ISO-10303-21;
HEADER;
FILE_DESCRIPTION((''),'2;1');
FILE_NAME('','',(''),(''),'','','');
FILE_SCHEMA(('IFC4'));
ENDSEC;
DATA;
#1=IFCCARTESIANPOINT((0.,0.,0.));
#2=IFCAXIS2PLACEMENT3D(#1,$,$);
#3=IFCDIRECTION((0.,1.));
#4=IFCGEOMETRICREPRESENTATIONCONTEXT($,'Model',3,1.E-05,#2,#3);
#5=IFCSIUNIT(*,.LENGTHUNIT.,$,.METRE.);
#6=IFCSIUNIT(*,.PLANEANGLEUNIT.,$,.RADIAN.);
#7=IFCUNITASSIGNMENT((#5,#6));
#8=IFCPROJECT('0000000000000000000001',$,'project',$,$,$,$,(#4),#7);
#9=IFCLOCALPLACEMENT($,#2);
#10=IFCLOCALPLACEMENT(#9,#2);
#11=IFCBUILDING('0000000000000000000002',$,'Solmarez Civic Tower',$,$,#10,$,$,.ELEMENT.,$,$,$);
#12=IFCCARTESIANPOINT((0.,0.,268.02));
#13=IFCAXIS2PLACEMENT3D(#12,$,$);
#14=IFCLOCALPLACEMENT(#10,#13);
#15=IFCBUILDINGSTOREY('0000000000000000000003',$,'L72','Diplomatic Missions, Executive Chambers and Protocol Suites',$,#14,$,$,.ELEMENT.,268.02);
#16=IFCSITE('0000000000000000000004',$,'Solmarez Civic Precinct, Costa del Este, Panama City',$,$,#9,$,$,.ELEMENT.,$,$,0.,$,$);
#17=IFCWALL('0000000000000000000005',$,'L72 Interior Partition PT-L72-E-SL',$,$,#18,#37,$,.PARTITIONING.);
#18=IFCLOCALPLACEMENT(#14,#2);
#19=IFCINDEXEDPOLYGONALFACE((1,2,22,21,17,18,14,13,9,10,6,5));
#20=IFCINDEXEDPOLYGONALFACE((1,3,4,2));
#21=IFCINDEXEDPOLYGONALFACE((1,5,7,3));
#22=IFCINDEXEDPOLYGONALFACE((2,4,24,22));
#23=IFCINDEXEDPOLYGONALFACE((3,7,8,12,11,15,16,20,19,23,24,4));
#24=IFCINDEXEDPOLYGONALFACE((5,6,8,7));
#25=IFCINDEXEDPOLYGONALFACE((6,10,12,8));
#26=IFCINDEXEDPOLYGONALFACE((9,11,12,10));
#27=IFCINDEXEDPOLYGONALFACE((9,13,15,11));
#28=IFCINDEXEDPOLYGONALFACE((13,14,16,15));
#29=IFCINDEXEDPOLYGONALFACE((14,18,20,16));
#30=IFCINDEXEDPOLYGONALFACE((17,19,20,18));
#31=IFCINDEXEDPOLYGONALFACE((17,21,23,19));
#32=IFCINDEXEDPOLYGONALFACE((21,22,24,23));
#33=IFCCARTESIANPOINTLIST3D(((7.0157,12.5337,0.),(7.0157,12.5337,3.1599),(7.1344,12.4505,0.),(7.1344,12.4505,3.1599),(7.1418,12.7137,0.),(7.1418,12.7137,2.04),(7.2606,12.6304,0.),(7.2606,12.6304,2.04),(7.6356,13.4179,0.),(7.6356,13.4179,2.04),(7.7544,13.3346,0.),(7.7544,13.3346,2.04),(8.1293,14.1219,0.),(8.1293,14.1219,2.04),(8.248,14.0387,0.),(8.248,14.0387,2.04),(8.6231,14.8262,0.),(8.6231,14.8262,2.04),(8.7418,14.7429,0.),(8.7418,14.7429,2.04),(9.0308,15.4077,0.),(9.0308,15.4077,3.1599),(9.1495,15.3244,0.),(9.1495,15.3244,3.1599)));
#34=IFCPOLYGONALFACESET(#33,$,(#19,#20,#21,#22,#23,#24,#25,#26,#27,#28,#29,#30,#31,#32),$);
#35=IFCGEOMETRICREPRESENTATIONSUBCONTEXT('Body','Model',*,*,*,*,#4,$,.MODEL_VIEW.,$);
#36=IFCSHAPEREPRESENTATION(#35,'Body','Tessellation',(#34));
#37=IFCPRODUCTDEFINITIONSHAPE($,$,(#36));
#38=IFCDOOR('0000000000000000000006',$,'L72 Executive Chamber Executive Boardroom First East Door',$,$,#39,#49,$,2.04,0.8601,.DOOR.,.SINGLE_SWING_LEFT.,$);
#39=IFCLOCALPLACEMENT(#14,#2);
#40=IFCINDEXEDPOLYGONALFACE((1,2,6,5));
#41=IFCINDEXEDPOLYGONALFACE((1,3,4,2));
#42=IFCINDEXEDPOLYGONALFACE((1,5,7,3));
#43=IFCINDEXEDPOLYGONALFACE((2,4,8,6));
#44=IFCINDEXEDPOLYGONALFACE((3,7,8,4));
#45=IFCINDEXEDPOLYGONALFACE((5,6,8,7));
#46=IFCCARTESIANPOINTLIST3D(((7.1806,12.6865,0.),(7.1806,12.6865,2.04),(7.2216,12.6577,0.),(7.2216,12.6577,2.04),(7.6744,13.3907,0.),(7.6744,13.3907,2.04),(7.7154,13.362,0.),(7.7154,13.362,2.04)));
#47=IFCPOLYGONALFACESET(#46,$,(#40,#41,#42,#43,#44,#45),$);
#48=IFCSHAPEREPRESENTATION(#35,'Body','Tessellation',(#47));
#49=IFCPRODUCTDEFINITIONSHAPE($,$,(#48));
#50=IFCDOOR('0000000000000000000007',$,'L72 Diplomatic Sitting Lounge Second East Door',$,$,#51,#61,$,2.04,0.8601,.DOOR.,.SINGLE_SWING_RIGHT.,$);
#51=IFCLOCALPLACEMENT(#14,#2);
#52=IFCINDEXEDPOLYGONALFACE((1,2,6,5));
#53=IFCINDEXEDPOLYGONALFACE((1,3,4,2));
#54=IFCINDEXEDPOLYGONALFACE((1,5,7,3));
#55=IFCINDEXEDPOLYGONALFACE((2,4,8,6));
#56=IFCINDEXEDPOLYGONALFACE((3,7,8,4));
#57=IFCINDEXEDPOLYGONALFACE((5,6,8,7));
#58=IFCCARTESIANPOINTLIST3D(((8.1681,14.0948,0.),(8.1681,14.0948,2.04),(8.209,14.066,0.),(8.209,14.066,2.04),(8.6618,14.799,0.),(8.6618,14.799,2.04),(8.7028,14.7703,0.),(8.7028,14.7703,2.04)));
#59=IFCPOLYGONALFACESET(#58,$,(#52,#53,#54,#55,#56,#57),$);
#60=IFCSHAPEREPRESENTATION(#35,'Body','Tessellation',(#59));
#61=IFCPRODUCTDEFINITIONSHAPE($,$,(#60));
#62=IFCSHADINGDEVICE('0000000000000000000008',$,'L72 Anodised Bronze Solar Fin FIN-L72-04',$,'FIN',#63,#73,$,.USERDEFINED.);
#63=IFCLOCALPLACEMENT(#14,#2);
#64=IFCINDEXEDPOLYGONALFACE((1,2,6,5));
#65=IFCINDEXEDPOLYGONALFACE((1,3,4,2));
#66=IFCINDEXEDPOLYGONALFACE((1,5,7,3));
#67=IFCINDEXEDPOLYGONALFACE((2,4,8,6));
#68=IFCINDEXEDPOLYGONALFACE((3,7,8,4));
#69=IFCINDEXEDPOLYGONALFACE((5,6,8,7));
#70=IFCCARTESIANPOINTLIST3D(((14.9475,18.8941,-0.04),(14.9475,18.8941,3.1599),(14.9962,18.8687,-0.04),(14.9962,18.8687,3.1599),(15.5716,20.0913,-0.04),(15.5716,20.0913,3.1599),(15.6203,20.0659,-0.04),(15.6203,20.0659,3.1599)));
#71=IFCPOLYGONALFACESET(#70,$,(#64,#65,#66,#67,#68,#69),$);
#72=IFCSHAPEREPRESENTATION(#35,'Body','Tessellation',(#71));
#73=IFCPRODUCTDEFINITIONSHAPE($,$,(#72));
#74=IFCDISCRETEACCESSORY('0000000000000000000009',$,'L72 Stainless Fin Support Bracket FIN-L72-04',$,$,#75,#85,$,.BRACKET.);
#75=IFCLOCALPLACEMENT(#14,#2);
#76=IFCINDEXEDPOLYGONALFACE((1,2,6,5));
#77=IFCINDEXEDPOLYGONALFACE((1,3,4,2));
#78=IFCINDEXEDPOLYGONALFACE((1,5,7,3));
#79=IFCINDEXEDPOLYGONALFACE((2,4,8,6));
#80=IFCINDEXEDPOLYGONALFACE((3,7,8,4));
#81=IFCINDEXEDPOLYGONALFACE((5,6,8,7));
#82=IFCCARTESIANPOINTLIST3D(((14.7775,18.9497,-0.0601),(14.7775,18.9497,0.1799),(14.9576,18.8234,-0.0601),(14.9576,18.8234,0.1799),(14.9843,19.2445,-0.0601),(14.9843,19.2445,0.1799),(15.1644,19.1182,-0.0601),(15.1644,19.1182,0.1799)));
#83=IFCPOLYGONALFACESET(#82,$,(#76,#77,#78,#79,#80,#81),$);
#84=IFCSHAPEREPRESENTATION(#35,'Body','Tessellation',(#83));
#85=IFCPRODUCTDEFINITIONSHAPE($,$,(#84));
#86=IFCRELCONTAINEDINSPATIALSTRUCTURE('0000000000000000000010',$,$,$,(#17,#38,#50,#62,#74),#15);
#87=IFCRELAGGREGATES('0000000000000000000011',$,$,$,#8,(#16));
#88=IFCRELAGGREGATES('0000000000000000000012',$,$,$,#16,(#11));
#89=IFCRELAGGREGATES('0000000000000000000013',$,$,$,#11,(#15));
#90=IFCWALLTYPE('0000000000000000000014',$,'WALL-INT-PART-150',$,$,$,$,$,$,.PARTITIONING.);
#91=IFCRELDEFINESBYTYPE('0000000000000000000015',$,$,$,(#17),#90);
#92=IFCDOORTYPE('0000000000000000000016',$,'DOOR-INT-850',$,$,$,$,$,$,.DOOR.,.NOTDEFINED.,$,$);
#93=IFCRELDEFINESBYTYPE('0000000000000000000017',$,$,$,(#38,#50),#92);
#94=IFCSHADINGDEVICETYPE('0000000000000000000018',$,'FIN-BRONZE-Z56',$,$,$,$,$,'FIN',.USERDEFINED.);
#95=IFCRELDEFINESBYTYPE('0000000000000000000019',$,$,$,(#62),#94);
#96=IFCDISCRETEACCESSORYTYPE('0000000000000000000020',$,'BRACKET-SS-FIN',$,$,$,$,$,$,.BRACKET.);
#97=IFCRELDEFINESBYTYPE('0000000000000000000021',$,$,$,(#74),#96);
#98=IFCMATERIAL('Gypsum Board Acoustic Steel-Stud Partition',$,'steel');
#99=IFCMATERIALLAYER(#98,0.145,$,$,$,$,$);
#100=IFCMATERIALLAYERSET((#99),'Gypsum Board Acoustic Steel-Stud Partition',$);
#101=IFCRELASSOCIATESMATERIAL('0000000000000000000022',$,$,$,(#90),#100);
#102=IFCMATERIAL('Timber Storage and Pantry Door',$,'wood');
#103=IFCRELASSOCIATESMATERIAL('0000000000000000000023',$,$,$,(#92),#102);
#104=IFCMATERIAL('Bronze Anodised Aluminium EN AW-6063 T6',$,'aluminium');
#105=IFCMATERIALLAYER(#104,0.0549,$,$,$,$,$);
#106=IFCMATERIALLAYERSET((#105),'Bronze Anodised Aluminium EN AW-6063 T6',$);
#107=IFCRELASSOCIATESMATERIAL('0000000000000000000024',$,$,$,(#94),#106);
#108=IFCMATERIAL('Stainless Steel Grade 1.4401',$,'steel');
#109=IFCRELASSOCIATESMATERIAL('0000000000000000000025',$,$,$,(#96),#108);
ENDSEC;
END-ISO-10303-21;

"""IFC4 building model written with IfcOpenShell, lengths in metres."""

from ifc_helpers import new_model, si_unit, direction, frame, frame_2d, origin, origin_2d, place, context, subcontext, project, spatial, rectangle, extrude, material, layer, layer_set, type_object, element, fill, save


model = new_model("IFC4")

# Units and contexts
model_context = context("Model", 3, precision=1e-05, world=origin(), true_north=direction((0.0, 1.0)))
body_context = subcontext(model_context, "Body", "Model", "MODEL_VIEW")
ifc_project = project(units=[si_unit("LENGTHUNIT", "METRE"), si_unit("PLANEANGLEUNIT", "RADIAN")], contexts=[model_context])

# Site, building, storey
site_placement = place(None, origin())
site = spatial("IfcSite", under=ifc_project, at=site_placement, Name="Solmarez Civic Precinct, Costa del Este, Panama City", CompositionType="ELEMENT", RefElevation=0.0)
building_placement = place(site_placement, origin())
building = spatial("IfcBuilding", under=site, at=building_placement, Name="Solmarez Civic Tower", CompositionType="ELEMENT")
storey_placement = place(building_placement, frame((0.0, 0.0, 268.02)))
storey = spatial("IfcBuildingStorey", under=building, at=storey_placement, Name="L72", Description="Diplomatic Missions, Executive Chambers and Protocol Suites", CompositionType="ELEMENT", Elevation=268.02)

# Shared definitions
ifc_material_1 = material(Name="Gypsum Board Acoustic Steel-Stud Partition", Category="steel")
ifc_layer_1 = layer(ifc_material_1, 0.145)
ifc_layer_set_1 = layer_set([ifc_layer_1], Name="Gypsum Board Acoustic Steel-Stud Partition")
wall_type_1 = type_object("IfcWallType", Name="WALL-INT-PART-150", PredefinedType="PARTITIONING", material=ifc_layer_set_1)

# Wall, openings, doors
wall_1_placement = place(storey_placement, frame((9.0901, 15.366, 0.0), z_axis=(0.0, 0.0, 1.0), x_axis=(-0.574097, -0.818787, 0.0)))
wall_1 = element("IfcWall", 1, at=wall_1_placement, inside=storey, type_object=wall_type_1, Name="L72 Interior Partition PT-L72-E-SL", PredefinedType="PARTITIONING", context=body_context, shape_type="SweptSolid", body=[
    extrude(rectangle(XDim=3.51, YDim=0.145, at=frame_2d((1.7549, 0.0))), origin(), (0.0, 0.0, 1.0), 3.1599),
])
opening_1_placement = place(wall_1_placement, frame((2.4299, 0.0, 0.0)))
opening_1 = element("IfcOpeningElement", 2, at=opening_1_placement, cuts=wall_1, PredefinedType="OPENING", context=body_context, shape_type="SweptSolid", body=[
    extrude(rectangle(XDim=0.8601, YDim=2.04, at=frame_2d((0.4302, 1.02))), frame((0.0, 0.0825, 0.0), z_axis=(0.0, -1.0, 0.0), x_axis=(1.0, 0.0, 0.0)), (0.0, 0.0, 1.0), 0.165),
])
opening_2_placement = place(wall_1_placement, frame((0.71, 0.0, 0.0)))
opening_2 = element("IfcOpeningElement", 3, at=opening_2_placement, cuts=wall_1, PredefinedType="OPENING", context=body_context, shape_type="SweptSolid", body=[
    extrude(rectangle(XDim=0.8601, YDim=2.04, at=frame_2d((0.4302, 1.02))), frame((0.0, 0.0825, 0.0), z_axis=(0.0, -1.0, 0.0), x_axis=(1.0, 0.0, 0.0)), (0.0, 0.0, 1.0), 0.165),
])
ifc_material_2 = material(Name="Timber Storage and Pantry Door", Category="wood")
door_type_1 = type_object("IfcDoorType", Name="DOOR-INT-850", OperationType="NOTDEFINED", PredefinedType="DOOR", material=ifc_material_2)
door_1_placement = place(opening_1_placement, origin())
door_1 = element("IfcDoor", 4, at=door_1_placement, inside=storey, type_object=door_type_1, Name="L72 Executive Chamber Executive Boardroom First East Door", OperationType="SINGLE_SWING_LEFT", OverallHeight=2.04, OverallWidth=0.8601, PredefinedType="DOOR", context=body_context, shape_type="SweptSolid", body=[
    extrude(rectangle(XDim=0.8601, YDim=2.04, at=frame_2d((0.4302, 1.02))), frame((0.0, 0.0249, 0.0), z_axis=(0.0, -1.0, 0.0), x_axis=(1.0, 0.0, 0.0)), (0.0, 0.0, 1.0), 0.05),
])
fill(opening_1, door_1)
door_2_placement = place(opening_2_placement, origin())
door_2 = element("IfcDoor", 5, at=door_2_placement, inside=storey, type_object=door_type_1, Name="L72 Diplomatic Sitting Lounge Second East Door", OperationType="SINGLE_SWING_RIGHT", OverallHeight=2.04, OverallWidth=0.8601, PredefinedType="DOOR", context=body_context, shape_type="SweptSolid", body=[
    extrude(rectangle(XDim=0.8601, YDim=2.04, at=frame_2d((0.4302, 1.02))), frame((0.0, 0.0249, 0.0), z_axis=(0.0, -1.0, 0.0), x_axis=(1.0, 0.0, 0.0)), (0.0, 0.0, 1.0), 0.05),
])
fill(opening_2, door_2)

# Shading device
ifc_material_3 = material(Name="Bronze Anodised Aluminium EN AW-6063 T6", Category="aluminium")
ifc_layer_2 = layer(ifc_material_3, 0.0549)
ifc_layer_set_2 = layer_set([ifc_layer_2], Name="Bronze Anodised Aluminium EN AW-6063 T6")
shading_device_type = type_object("IfcShadingDeviceType", Name="FIN-BRONZE-Z56", ElementType="FIN", PredefinedType="USERDEFINED", material=ifc_layer_set_2)
shading_device_placement = place(storey_placement, frame((15.2839, 19.48, -0.04), z_axis=(0.0, 0.0, 1.0), x_axis=(0.462259, 0.886745, 0.0)))
element("IfcShadingDevice", 6, at=shading_device_placement, inside=storey, type_object=shading_device_type, Name="L72 Anodised Bronze Solar Fin FIN-L72-04", ObjectType="FIN", PredefinedType="USERDEFINED", context=body_context, shape_type="SweptSolid", body=[
    extrude(rectangle(XDim=1.3501, YDim=0.0549, at=origin_2d()), origin(), (0.0, 0.0, 1.0), 3.2),
])

# Discrete accessory
ifc_material_4 = material(Name="Stainless Steel Grade 1.4401", Category="steel")
discrete_accessory_type = type_object("IfcDiscreteAccessoryType", Name="BRACKET-SS-FIN", PredefinedType="BRACKET", material=ifc_material_4)
discrete_accessory_placement = place(storey_placement, frame((14.9709, 19.0339, -0.0601), z_axis=(0.0, 0.0, 1.0), x_axis=(0.574155, 0.818746, 0.0)))
element("IfcDiscreteAccessory", 7, at=discrete_accessory_placement, inside=storey, type_object=discrete_accessory_type, Name="L72 Stainless Fin Support Bracket FIN-L72-04", PredefinedType="BRACKET", context=body_context, shape_type="SweptSolid", body=[
    extrude(rectangle(XDim=0.3601, YDim=0.22, at=origin_2d()), origin(), (0.0, 0.0, 1.0), 0.24),
])

save(model, "model.ifc")
